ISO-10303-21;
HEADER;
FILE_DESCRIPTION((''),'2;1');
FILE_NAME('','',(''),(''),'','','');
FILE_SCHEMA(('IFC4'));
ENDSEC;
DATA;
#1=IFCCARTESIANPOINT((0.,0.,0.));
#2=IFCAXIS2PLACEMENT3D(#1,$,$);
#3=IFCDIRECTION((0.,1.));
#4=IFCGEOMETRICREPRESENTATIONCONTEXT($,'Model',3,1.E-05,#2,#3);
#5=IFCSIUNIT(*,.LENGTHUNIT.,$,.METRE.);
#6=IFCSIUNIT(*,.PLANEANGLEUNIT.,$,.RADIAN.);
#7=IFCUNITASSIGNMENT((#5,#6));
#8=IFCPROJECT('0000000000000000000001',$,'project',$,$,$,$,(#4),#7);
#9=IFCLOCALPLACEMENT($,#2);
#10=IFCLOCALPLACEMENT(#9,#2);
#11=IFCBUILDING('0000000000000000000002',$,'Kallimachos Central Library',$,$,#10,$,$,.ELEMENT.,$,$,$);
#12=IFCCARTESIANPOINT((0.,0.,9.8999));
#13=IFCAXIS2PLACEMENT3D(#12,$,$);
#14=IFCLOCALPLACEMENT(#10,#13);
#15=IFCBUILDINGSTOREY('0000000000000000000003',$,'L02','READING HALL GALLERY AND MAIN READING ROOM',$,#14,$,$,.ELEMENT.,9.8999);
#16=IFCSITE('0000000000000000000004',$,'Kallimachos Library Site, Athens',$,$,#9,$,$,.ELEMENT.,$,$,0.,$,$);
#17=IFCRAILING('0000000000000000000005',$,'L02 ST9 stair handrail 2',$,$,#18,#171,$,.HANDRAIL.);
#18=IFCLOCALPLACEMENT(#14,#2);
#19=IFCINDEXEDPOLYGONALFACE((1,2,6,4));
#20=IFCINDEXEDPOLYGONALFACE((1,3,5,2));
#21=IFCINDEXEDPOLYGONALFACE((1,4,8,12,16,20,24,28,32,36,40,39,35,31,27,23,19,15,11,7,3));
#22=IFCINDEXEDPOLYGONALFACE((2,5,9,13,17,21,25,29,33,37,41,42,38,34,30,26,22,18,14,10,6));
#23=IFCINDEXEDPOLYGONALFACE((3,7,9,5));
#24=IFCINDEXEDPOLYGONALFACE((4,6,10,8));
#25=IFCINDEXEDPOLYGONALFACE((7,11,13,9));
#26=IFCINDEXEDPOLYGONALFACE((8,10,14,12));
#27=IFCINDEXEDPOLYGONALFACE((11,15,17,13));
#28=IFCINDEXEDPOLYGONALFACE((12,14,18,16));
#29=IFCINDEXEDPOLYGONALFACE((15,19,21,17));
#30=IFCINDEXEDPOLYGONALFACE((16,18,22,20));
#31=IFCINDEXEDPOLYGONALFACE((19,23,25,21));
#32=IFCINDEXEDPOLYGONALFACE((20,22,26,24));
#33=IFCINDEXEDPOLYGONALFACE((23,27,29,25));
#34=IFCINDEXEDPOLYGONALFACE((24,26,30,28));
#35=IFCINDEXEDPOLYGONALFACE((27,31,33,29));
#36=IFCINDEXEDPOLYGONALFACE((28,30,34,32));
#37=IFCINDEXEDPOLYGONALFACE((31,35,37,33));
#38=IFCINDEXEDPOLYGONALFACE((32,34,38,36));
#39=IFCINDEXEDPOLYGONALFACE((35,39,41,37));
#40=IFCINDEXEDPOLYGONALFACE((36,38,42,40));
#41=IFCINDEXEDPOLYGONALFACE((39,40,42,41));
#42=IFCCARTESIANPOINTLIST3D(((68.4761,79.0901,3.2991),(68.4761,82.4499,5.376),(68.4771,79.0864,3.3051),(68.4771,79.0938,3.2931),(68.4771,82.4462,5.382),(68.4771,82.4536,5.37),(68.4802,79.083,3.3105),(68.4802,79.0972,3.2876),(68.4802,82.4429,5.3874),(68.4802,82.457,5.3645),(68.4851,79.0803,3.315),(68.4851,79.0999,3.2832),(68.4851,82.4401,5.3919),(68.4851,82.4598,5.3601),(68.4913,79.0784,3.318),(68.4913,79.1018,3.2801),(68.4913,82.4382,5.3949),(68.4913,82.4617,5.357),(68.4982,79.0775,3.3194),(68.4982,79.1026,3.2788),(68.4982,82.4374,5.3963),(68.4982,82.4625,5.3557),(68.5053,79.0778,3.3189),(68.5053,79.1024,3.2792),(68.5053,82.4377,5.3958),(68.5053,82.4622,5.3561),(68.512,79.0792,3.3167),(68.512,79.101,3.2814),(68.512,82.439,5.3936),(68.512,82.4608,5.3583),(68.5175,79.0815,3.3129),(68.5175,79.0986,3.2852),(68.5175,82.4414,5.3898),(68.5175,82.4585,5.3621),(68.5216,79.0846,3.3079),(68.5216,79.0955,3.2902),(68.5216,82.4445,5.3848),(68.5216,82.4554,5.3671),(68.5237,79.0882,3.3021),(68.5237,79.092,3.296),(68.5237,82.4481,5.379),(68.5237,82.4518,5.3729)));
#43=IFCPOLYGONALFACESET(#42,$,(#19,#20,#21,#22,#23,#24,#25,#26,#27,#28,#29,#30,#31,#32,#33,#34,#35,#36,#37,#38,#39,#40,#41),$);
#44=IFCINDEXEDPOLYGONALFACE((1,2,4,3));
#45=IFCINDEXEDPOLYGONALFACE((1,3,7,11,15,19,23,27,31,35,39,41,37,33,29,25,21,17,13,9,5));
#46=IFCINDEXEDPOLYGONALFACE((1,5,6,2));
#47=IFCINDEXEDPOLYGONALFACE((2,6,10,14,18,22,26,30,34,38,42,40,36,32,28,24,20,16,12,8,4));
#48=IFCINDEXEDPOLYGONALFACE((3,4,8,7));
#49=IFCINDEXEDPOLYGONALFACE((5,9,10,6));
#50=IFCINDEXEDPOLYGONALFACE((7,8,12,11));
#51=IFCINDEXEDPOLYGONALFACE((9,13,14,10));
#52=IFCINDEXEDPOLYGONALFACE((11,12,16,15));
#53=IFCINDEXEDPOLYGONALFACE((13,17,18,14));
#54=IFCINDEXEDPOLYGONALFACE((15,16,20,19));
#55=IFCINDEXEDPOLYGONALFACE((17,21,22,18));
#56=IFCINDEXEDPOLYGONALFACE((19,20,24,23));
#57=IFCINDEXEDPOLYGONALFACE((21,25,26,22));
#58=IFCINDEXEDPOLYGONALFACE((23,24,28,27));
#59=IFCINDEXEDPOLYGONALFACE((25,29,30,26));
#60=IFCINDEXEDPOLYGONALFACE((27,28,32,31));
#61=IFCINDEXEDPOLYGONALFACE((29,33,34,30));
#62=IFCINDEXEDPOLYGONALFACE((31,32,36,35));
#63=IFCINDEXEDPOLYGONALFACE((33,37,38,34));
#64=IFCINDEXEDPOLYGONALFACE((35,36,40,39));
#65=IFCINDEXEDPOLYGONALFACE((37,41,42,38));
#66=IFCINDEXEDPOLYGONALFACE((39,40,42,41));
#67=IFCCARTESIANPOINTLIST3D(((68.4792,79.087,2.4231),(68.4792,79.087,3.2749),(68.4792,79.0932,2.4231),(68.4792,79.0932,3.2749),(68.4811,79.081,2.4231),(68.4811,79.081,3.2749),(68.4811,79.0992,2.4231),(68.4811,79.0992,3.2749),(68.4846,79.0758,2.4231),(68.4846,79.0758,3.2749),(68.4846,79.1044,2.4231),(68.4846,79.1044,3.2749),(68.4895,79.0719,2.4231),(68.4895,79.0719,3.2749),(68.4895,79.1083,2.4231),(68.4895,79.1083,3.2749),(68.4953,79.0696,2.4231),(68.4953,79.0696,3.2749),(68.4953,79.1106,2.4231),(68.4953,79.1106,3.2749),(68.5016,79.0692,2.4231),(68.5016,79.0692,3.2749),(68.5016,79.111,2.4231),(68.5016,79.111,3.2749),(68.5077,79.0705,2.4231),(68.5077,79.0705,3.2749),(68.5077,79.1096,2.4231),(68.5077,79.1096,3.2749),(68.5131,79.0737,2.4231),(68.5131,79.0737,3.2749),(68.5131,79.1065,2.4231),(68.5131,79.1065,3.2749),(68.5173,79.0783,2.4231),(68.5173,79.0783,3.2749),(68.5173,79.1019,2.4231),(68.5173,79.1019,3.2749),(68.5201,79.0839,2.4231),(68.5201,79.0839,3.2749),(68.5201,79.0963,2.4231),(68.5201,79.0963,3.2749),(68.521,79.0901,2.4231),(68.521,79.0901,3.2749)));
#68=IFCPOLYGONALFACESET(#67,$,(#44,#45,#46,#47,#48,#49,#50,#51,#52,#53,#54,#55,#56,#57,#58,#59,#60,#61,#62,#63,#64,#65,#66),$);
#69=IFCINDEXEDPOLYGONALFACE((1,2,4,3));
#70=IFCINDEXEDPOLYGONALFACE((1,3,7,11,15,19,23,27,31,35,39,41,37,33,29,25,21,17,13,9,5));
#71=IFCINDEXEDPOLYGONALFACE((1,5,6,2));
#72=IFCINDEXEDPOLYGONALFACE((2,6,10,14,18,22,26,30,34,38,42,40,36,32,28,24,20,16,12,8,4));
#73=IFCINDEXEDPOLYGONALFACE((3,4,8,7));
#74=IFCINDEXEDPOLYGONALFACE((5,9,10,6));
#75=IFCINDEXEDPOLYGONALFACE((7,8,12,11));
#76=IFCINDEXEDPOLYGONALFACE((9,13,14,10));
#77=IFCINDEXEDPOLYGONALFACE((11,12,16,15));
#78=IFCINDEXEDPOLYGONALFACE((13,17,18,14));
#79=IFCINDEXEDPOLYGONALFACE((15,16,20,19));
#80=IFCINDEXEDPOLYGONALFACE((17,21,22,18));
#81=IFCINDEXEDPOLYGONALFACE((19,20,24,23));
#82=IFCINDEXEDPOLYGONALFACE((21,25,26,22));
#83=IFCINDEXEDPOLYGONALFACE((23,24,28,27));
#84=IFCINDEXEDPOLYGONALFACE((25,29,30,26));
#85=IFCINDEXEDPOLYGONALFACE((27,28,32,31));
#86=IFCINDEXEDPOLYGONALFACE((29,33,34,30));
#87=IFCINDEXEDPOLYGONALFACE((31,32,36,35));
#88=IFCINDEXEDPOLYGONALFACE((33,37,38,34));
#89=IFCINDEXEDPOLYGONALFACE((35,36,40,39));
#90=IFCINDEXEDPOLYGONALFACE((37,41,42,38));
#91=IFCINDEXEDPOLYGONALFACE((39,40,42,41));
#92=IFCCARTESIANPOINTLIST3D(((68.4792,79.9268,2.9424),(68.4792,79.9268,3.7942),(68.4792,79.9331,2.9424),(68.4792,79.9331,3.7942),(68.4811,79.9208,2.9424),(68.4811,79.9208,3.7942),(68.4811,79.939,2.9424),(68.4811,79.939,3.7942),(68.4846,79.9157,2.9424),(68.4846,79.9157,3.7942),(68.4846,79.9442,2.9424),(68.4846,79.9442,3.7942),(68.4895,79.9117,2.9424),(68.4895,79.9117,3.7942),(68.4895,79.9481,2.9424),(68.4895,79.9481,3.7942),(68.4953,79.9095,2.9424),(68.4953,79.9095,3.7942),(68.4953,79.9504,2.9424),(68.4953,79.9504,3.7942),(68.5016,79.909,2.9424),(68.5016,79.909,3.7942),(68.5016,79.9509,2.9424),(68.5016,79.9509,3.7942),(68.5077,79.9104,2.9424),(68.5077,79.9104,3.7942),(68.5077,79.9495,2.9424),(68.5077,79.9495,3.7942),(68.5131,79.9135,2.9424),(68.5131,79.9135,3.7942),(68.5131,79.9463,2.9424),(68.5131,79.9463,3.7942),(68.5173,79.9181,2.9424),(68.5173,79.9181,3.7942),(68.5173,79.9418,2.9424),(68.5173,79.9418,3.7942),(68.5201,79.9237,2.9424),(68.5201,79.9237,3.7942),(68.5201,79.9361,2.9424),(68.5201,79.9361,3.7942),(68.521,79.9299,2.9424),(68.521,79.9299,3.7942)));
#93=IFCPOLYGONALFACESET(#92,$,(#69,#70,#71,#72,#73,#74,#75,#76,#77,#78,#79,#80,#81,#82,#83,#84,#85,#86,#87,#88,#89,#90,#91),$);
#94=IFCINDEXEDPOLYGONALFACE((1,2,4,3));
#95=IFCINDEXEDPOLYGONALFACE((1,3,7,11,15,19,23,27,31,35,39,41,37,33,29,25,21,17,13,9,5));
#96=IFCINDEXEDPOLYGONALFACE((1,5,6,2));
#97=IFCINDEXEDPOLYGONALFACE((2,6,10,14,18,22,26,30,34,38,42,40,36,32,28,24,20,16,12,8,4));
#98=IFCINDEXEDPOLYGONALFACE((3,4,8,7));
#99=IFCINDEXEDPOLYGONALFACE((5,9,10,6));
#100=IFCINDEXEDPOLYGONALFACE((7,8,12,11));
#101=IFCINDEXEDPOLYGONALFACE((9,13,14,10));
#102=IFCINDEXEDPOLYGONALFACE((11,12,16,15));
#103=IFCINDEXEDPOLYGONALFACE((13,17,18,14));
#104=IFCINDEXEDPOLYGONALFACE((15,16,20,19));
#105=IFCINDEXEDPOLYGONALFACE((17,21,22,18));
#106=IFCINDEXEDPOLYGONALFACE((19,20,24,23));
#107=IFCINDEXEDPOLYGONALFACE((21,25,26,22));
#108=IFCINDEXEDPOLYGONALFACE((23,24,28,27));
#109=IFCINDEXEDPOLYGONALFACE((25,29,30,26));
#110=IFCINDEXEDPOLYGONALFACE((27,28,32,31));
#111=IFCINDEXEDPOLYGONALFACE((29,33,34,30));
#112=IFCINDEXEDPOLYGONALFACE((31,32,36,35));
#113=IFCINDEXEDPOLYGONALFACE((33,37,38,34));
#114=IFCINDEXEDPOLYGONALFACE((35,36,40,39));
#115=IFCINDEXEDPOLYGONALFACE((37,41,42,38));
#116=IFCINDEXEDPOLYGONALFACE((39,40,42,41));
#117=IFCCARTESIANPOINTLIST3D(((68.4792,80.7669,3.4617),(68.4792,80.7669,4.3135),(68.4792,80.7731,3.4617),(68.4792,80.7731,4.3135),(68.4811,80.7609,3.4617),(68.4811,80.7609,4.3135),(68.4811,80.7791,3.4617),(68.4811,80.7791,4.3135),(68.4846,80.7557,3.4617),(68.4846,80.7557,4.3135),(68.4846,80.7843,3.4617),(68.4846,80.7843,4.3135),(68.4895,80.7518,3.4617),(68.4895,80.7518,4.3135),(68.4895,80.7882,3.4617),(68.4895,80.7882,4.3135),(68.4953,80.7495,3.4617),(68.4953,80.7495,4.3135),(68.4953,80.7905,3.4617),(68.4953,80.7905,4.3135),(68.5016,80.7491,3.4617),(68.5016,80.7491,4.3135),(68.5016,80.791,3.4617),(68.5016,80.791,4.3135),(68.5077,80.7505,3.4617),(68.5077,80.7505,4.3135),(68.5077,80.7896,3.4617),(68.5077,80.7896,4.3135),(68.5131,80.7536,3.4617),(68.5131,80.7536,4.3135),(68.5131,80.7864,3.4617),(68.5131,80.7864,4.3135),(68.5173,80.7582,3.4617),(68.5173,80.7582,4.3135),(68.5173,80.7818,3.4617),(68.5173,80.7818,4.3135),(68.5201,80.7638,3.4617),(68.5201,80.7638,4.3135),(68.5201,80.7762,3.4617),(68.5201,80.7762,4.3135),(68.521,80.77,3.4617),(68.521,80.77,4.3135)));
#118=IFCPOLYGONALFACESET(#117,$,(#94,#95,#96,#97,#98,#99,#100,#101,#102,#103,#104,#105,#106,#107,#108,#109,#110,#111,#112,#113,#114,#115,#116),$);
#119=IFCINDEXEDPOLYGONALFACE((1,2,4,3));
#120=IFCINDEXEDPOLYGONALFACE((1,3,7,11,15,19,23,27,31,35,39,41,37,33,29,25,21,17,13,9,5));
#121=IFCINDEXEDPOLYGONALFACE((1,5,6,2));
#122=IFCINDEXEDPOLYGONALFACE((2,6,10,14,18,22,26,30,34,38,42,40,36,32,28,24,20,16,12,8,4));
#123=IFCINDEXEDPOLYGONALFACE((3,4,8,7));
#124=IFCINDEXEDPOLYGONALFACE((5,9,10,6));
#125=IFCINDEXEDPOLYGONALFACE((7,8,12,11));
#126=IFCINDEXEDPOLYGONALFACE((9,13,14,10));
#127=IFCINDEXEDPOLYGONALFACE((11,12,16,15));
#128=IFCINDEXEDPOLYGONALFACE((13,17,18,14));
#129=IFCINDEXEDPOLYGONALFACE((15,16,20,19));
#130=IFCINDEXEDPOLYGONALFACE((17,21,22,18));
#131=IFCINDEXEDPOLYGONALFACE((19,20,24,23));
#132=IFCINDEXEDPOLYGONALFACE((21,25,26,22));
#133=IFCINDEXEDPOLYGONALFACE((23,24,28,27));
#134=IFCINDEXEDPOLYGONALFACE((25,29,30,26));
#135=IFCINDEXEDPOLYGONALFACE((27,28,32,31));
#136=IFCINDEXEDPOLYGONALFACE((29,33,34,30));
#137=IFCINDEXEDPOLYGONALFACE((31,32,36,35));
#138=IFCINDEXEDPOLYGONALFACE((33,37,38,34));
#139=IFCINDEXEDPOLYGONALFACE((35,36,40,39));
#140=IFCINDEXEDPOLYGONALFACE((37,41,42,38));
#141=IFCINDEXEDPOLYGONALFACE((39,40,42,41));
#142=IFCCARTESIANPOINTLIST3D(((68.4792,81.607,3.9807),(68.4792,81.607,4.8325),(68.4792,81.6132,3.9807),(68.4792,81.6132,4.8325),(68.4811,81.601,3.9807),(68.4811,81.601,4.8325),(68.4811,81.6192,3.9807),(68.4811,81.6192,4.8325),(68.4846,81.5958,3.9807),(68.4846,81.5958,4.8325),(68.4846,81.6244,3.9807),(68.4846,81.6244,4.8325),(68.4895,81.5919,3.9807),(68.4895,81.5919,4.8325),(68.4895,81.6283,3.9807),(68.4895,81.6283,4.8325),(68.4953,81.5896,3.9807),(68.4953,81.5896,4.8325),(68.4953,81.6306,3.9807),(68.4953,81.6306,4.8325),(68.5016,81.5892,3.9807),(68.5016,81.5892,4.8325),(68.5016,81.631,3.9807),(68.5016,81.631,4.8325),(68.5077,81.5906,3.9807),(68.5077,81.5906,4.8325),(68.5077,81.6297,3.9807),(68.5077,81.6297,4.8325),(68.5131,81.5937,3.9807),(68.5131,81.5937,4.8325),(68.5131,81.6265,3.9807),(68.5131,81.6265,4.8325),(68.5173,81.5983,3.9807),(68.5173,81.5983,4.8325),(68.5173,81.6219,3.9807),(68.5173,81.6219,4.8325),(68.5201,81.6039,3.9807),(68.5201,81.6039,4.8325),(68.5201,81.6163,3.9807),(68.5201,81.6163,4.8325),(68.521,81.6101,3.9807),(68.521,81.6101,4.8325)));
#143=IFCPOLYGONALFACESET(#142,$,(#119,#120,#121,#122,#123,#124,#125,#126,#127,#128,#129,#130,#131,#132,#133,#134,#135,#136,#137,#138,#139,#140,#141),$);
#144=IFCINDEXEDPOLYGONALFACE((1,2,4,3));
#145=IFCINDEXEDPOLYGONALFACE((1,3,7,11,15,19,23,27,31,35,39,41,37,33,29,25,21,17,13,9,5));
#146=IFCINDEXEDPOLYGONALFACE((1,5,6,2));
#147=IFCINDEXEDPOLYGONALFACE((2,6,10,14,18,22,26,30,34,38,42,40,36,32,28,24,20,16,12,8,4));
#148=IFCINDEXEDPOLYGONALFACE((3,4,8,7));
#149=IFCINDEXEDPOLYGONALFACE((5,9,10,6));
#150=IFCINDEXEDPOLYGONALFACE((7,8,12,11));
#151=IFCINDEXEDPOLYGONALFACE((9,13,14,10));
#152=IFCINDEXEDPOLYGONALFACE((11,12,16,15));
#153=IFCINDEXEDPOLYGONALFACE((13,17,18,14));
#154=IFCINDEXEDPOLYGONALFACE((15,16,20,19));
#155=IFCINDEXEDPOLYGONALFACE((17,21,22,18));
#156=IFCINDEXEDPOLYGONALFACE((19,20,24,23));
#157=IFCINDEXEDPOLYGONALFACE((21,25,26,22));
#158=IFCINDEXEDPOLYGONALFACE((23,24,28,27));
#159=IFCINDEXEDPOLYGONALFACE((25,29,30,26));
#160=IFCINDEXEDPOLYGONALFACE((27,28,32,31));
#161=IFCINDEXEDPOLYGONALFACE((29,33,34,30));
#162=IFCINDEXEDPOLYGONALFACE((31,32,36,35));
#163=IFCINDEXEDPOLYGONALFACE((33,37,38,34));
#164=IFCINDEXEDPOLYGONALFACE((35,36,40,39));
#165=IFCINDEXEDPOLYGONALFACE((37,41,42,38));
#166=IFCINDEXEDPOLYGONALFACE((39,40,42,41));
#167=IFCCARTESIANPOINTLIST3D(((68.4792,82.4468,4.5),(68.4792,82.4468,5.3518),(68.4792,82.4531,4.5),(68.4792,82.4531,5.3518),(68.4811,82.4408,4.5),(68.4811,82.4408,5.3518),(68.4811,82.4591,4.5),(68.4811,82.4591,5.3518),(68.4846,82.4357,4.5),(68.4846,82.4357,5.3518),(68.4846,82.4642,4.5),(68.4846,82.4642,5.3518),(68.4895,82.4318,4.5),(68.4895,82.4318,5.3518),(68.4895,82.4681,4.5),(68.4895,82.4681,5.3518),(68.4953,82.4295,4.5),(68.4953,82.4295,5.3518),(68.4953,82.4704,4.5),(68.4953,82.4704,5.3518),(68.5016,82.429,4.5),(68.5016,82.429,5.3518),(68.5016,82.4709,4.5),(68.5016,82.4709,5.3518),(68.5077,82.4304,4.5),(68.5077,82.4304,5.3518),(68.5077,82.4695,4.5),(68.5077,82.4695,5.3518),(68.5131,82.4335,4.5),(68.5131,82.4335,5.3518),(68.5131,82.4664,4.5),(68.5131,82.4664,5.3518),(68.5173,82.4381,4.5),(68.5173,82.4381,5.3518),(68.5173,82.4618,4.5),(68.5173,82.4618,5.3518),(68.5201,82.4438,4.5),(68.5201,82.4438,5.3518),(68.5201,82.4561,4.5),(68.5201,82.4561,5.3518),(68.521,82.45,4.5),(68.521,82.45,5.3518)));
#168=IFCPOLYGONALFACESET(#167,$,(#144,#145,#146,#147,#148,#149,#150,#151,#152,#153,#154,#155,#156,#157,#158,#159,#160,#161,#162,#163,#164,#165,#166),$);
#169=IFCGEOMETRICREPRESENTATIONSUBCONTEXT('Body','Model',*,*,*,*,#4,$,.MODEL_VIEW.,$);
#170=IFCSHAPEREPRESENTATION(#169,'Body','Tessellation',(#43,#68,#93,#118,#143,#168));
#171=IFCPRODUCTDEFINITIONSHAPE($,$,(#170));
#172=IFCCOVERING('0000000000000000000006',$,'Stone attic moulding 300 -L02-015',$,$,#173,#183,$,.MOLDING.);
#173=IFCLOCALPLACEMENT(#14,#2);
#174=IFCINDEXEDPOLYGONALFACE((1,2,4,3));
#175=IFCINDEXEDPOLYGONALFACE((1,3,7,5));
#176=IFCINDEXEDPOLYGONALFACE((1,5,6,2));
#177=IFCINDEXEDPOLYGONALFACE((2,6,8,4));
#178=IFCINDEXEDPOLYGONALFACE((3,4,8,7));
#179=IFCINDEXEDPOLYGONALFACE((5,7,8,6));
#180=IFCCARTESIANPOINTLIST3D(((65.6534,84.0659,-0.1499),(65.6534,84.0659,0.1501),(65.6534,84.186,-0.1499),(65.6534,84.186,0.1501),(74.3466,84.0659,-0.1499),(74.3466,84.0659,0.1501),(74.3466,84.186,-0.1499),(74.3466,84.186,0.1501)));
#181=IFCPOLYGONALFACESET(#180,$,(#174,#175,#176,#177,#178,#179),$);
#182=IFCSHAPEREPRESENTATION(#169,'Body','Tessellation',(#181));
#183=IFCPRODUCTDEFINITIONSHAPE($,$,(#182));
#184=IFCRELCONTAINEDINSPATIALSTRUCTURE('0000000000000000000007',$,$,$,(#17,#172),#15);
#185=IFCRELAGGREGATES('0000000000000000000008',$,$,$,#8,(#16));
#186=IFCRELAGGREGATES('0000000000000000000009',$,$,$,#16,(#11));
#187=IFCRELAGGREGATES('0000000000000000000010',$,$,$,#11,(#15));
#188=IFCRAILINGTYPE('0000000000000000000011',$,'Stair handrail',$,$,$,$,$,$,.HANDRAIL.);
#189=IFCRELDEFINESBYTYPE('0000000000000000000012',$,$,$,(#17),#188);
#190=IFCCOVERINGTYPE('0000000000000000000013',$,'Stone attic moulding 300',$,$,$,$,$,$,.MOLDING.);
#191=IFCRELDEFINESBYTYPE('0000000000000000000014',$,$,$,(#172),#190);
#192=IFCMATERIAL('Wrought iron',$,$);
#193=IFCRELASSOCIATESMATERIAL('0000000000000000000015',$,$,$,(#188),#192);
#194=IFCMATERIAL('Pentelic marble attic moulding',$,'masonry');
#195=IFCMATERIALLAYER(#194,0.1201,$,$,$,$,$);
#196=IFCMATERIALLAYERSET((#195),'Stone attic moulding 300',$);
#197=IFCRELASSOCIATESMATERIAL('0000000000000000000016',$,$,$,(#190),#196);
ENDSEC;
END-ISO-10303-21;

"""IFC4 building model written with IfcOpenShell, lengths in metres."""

from ifc_helpers import new_model, si_unit, direction, frame, origin, origin_2d, place, context, subcontext, project, spatial, rectangle, circle, extrude, material, layer, layer_set, type_object, element, save


model = new_model("IFC4")

# Units and contexts
model_context = context("Model", 3, precision=1e-05, world=origin(), true_north=direction((0.0, 1.0)))
body_context = subcontext(model_context, "Body", "Model", "MODEL_VIEW")
ifc_project = project(units=[si_unit("LENGTHUNIT", "METRE"), si_unit("PLANEANGLEUNIT", "RADIAN")], contexts=[model_context])

# Site, building, storey
site_placement = place(None, origin())
site = spatial("IfcSite", under=ifc_project, at=site_placement, Name="Kallimachos Library Site, Athens", CompositionType="ELEMENT", RefElevation=0.0)
building_placement = place(site_placement, origin())
building = spatial("IfcBuilding", under=site, at=building_placement, Name="Kallimachos Central Library", CompositionType="ELEMENT")
storey_placement = place(building_placement, frame((0.0, 0.0, 9.8999)))
storey = spatial("IfcBuildingStorey", under=building, at=storey_placement, Name="L02", Description="READING HALL GALLERY AND MAIN READING ROOM", CompositionType="ELEMENT", Elevation=9.8999)

# Railing
ifc_material_1 = material(Name="Wrought iron")
railing_type_1 = type_object("IfcRailingType", Name="Stair handrail", PredefinedType="HANDRAIL", material=ifc_material_1)
railing_1_placement = place(storey_placement, frame((68.5, 79.0901, 2.4231)))
element("IfcRailing", 1, at=railing_1_placement, inside=storey, type_object=railing_type_1, Name="L02 ST9 stair handrail 2", PredefinedType="HANDRAIL", context=body_context, shape_type="SweptSolid", body=[
    extrude(circle(Radius=0.0239, at=origin_2d()), frame((0.0, 0.0, 0.876), z_axis=(0.0, 0.850606, 0.525803), x_axis=(-1.0, 0.0, 0.0)), (0.0, 0.0, 1.0), 3.95),
    extrude(circle(Radius=0.021, at=origin_2d()), origin(), (0.0, 0.0, 1.0), 0.8518),
    extrude(circle(Radius=0.021, at=origin_2d()), frame((0.0, 0.8398, 0.5193)), (0.0, 0.0, 1.0), 0.8518),
    extrude(circle(Radius=0.021, at=origin_2d()), frame((0.0, 1.6799, 1.0386)), (0.0, 0.0, 1.0), 0.8518),
    extrude(circle(Radius=0.021, at=origin_2d()), frame((0.0, 2.52, 1.5576)), (0.0, 0.0, 1.0), 0.8518),
    extrude(circle(Radius=0.021, at=origin_2d()), frame((0.0, 3.3599, 2.0769)), (0.0, 0.0, 1.0), 0.8518),
])

# Covering
ifc_material_2 = material(Name="Pentelic marble attic moulding", Category="masonry")
ifc_layer_1 = layer(ifc_material_2, 0.1201)
ifc_layer_set_1 = layer_set([ifc_layer_1], Name="Stone attic moulding 300")
covering_type_1 = type_object("IfcCoveringType", Name="Stone attic moulding 300", PredefinedType="MOLDING", material=ifc_layer_set_1)
covering_placement = place(storey_placement, frame((70.0, 84.126, -0.1499), z_axis=(0.0, 0.0, 1.0), x_axis=(1.0, 0.0, 0.0)))
element("IfcCovering", 2, at=covering_placement, inside=storey, type_object=covering_type_1, Name="Stone attic moulding 300 -L02-015", PredefinedType="MOLDING", context=body_context, shape_type="SweptSolid", body=[
    extrude(rectangle(XDim=8.6931, YDim=0.1201, at=origin_2d()), origin(), (0.0, 0.0, 1.0), 0.3),
])

save(model, "model.ifc")
